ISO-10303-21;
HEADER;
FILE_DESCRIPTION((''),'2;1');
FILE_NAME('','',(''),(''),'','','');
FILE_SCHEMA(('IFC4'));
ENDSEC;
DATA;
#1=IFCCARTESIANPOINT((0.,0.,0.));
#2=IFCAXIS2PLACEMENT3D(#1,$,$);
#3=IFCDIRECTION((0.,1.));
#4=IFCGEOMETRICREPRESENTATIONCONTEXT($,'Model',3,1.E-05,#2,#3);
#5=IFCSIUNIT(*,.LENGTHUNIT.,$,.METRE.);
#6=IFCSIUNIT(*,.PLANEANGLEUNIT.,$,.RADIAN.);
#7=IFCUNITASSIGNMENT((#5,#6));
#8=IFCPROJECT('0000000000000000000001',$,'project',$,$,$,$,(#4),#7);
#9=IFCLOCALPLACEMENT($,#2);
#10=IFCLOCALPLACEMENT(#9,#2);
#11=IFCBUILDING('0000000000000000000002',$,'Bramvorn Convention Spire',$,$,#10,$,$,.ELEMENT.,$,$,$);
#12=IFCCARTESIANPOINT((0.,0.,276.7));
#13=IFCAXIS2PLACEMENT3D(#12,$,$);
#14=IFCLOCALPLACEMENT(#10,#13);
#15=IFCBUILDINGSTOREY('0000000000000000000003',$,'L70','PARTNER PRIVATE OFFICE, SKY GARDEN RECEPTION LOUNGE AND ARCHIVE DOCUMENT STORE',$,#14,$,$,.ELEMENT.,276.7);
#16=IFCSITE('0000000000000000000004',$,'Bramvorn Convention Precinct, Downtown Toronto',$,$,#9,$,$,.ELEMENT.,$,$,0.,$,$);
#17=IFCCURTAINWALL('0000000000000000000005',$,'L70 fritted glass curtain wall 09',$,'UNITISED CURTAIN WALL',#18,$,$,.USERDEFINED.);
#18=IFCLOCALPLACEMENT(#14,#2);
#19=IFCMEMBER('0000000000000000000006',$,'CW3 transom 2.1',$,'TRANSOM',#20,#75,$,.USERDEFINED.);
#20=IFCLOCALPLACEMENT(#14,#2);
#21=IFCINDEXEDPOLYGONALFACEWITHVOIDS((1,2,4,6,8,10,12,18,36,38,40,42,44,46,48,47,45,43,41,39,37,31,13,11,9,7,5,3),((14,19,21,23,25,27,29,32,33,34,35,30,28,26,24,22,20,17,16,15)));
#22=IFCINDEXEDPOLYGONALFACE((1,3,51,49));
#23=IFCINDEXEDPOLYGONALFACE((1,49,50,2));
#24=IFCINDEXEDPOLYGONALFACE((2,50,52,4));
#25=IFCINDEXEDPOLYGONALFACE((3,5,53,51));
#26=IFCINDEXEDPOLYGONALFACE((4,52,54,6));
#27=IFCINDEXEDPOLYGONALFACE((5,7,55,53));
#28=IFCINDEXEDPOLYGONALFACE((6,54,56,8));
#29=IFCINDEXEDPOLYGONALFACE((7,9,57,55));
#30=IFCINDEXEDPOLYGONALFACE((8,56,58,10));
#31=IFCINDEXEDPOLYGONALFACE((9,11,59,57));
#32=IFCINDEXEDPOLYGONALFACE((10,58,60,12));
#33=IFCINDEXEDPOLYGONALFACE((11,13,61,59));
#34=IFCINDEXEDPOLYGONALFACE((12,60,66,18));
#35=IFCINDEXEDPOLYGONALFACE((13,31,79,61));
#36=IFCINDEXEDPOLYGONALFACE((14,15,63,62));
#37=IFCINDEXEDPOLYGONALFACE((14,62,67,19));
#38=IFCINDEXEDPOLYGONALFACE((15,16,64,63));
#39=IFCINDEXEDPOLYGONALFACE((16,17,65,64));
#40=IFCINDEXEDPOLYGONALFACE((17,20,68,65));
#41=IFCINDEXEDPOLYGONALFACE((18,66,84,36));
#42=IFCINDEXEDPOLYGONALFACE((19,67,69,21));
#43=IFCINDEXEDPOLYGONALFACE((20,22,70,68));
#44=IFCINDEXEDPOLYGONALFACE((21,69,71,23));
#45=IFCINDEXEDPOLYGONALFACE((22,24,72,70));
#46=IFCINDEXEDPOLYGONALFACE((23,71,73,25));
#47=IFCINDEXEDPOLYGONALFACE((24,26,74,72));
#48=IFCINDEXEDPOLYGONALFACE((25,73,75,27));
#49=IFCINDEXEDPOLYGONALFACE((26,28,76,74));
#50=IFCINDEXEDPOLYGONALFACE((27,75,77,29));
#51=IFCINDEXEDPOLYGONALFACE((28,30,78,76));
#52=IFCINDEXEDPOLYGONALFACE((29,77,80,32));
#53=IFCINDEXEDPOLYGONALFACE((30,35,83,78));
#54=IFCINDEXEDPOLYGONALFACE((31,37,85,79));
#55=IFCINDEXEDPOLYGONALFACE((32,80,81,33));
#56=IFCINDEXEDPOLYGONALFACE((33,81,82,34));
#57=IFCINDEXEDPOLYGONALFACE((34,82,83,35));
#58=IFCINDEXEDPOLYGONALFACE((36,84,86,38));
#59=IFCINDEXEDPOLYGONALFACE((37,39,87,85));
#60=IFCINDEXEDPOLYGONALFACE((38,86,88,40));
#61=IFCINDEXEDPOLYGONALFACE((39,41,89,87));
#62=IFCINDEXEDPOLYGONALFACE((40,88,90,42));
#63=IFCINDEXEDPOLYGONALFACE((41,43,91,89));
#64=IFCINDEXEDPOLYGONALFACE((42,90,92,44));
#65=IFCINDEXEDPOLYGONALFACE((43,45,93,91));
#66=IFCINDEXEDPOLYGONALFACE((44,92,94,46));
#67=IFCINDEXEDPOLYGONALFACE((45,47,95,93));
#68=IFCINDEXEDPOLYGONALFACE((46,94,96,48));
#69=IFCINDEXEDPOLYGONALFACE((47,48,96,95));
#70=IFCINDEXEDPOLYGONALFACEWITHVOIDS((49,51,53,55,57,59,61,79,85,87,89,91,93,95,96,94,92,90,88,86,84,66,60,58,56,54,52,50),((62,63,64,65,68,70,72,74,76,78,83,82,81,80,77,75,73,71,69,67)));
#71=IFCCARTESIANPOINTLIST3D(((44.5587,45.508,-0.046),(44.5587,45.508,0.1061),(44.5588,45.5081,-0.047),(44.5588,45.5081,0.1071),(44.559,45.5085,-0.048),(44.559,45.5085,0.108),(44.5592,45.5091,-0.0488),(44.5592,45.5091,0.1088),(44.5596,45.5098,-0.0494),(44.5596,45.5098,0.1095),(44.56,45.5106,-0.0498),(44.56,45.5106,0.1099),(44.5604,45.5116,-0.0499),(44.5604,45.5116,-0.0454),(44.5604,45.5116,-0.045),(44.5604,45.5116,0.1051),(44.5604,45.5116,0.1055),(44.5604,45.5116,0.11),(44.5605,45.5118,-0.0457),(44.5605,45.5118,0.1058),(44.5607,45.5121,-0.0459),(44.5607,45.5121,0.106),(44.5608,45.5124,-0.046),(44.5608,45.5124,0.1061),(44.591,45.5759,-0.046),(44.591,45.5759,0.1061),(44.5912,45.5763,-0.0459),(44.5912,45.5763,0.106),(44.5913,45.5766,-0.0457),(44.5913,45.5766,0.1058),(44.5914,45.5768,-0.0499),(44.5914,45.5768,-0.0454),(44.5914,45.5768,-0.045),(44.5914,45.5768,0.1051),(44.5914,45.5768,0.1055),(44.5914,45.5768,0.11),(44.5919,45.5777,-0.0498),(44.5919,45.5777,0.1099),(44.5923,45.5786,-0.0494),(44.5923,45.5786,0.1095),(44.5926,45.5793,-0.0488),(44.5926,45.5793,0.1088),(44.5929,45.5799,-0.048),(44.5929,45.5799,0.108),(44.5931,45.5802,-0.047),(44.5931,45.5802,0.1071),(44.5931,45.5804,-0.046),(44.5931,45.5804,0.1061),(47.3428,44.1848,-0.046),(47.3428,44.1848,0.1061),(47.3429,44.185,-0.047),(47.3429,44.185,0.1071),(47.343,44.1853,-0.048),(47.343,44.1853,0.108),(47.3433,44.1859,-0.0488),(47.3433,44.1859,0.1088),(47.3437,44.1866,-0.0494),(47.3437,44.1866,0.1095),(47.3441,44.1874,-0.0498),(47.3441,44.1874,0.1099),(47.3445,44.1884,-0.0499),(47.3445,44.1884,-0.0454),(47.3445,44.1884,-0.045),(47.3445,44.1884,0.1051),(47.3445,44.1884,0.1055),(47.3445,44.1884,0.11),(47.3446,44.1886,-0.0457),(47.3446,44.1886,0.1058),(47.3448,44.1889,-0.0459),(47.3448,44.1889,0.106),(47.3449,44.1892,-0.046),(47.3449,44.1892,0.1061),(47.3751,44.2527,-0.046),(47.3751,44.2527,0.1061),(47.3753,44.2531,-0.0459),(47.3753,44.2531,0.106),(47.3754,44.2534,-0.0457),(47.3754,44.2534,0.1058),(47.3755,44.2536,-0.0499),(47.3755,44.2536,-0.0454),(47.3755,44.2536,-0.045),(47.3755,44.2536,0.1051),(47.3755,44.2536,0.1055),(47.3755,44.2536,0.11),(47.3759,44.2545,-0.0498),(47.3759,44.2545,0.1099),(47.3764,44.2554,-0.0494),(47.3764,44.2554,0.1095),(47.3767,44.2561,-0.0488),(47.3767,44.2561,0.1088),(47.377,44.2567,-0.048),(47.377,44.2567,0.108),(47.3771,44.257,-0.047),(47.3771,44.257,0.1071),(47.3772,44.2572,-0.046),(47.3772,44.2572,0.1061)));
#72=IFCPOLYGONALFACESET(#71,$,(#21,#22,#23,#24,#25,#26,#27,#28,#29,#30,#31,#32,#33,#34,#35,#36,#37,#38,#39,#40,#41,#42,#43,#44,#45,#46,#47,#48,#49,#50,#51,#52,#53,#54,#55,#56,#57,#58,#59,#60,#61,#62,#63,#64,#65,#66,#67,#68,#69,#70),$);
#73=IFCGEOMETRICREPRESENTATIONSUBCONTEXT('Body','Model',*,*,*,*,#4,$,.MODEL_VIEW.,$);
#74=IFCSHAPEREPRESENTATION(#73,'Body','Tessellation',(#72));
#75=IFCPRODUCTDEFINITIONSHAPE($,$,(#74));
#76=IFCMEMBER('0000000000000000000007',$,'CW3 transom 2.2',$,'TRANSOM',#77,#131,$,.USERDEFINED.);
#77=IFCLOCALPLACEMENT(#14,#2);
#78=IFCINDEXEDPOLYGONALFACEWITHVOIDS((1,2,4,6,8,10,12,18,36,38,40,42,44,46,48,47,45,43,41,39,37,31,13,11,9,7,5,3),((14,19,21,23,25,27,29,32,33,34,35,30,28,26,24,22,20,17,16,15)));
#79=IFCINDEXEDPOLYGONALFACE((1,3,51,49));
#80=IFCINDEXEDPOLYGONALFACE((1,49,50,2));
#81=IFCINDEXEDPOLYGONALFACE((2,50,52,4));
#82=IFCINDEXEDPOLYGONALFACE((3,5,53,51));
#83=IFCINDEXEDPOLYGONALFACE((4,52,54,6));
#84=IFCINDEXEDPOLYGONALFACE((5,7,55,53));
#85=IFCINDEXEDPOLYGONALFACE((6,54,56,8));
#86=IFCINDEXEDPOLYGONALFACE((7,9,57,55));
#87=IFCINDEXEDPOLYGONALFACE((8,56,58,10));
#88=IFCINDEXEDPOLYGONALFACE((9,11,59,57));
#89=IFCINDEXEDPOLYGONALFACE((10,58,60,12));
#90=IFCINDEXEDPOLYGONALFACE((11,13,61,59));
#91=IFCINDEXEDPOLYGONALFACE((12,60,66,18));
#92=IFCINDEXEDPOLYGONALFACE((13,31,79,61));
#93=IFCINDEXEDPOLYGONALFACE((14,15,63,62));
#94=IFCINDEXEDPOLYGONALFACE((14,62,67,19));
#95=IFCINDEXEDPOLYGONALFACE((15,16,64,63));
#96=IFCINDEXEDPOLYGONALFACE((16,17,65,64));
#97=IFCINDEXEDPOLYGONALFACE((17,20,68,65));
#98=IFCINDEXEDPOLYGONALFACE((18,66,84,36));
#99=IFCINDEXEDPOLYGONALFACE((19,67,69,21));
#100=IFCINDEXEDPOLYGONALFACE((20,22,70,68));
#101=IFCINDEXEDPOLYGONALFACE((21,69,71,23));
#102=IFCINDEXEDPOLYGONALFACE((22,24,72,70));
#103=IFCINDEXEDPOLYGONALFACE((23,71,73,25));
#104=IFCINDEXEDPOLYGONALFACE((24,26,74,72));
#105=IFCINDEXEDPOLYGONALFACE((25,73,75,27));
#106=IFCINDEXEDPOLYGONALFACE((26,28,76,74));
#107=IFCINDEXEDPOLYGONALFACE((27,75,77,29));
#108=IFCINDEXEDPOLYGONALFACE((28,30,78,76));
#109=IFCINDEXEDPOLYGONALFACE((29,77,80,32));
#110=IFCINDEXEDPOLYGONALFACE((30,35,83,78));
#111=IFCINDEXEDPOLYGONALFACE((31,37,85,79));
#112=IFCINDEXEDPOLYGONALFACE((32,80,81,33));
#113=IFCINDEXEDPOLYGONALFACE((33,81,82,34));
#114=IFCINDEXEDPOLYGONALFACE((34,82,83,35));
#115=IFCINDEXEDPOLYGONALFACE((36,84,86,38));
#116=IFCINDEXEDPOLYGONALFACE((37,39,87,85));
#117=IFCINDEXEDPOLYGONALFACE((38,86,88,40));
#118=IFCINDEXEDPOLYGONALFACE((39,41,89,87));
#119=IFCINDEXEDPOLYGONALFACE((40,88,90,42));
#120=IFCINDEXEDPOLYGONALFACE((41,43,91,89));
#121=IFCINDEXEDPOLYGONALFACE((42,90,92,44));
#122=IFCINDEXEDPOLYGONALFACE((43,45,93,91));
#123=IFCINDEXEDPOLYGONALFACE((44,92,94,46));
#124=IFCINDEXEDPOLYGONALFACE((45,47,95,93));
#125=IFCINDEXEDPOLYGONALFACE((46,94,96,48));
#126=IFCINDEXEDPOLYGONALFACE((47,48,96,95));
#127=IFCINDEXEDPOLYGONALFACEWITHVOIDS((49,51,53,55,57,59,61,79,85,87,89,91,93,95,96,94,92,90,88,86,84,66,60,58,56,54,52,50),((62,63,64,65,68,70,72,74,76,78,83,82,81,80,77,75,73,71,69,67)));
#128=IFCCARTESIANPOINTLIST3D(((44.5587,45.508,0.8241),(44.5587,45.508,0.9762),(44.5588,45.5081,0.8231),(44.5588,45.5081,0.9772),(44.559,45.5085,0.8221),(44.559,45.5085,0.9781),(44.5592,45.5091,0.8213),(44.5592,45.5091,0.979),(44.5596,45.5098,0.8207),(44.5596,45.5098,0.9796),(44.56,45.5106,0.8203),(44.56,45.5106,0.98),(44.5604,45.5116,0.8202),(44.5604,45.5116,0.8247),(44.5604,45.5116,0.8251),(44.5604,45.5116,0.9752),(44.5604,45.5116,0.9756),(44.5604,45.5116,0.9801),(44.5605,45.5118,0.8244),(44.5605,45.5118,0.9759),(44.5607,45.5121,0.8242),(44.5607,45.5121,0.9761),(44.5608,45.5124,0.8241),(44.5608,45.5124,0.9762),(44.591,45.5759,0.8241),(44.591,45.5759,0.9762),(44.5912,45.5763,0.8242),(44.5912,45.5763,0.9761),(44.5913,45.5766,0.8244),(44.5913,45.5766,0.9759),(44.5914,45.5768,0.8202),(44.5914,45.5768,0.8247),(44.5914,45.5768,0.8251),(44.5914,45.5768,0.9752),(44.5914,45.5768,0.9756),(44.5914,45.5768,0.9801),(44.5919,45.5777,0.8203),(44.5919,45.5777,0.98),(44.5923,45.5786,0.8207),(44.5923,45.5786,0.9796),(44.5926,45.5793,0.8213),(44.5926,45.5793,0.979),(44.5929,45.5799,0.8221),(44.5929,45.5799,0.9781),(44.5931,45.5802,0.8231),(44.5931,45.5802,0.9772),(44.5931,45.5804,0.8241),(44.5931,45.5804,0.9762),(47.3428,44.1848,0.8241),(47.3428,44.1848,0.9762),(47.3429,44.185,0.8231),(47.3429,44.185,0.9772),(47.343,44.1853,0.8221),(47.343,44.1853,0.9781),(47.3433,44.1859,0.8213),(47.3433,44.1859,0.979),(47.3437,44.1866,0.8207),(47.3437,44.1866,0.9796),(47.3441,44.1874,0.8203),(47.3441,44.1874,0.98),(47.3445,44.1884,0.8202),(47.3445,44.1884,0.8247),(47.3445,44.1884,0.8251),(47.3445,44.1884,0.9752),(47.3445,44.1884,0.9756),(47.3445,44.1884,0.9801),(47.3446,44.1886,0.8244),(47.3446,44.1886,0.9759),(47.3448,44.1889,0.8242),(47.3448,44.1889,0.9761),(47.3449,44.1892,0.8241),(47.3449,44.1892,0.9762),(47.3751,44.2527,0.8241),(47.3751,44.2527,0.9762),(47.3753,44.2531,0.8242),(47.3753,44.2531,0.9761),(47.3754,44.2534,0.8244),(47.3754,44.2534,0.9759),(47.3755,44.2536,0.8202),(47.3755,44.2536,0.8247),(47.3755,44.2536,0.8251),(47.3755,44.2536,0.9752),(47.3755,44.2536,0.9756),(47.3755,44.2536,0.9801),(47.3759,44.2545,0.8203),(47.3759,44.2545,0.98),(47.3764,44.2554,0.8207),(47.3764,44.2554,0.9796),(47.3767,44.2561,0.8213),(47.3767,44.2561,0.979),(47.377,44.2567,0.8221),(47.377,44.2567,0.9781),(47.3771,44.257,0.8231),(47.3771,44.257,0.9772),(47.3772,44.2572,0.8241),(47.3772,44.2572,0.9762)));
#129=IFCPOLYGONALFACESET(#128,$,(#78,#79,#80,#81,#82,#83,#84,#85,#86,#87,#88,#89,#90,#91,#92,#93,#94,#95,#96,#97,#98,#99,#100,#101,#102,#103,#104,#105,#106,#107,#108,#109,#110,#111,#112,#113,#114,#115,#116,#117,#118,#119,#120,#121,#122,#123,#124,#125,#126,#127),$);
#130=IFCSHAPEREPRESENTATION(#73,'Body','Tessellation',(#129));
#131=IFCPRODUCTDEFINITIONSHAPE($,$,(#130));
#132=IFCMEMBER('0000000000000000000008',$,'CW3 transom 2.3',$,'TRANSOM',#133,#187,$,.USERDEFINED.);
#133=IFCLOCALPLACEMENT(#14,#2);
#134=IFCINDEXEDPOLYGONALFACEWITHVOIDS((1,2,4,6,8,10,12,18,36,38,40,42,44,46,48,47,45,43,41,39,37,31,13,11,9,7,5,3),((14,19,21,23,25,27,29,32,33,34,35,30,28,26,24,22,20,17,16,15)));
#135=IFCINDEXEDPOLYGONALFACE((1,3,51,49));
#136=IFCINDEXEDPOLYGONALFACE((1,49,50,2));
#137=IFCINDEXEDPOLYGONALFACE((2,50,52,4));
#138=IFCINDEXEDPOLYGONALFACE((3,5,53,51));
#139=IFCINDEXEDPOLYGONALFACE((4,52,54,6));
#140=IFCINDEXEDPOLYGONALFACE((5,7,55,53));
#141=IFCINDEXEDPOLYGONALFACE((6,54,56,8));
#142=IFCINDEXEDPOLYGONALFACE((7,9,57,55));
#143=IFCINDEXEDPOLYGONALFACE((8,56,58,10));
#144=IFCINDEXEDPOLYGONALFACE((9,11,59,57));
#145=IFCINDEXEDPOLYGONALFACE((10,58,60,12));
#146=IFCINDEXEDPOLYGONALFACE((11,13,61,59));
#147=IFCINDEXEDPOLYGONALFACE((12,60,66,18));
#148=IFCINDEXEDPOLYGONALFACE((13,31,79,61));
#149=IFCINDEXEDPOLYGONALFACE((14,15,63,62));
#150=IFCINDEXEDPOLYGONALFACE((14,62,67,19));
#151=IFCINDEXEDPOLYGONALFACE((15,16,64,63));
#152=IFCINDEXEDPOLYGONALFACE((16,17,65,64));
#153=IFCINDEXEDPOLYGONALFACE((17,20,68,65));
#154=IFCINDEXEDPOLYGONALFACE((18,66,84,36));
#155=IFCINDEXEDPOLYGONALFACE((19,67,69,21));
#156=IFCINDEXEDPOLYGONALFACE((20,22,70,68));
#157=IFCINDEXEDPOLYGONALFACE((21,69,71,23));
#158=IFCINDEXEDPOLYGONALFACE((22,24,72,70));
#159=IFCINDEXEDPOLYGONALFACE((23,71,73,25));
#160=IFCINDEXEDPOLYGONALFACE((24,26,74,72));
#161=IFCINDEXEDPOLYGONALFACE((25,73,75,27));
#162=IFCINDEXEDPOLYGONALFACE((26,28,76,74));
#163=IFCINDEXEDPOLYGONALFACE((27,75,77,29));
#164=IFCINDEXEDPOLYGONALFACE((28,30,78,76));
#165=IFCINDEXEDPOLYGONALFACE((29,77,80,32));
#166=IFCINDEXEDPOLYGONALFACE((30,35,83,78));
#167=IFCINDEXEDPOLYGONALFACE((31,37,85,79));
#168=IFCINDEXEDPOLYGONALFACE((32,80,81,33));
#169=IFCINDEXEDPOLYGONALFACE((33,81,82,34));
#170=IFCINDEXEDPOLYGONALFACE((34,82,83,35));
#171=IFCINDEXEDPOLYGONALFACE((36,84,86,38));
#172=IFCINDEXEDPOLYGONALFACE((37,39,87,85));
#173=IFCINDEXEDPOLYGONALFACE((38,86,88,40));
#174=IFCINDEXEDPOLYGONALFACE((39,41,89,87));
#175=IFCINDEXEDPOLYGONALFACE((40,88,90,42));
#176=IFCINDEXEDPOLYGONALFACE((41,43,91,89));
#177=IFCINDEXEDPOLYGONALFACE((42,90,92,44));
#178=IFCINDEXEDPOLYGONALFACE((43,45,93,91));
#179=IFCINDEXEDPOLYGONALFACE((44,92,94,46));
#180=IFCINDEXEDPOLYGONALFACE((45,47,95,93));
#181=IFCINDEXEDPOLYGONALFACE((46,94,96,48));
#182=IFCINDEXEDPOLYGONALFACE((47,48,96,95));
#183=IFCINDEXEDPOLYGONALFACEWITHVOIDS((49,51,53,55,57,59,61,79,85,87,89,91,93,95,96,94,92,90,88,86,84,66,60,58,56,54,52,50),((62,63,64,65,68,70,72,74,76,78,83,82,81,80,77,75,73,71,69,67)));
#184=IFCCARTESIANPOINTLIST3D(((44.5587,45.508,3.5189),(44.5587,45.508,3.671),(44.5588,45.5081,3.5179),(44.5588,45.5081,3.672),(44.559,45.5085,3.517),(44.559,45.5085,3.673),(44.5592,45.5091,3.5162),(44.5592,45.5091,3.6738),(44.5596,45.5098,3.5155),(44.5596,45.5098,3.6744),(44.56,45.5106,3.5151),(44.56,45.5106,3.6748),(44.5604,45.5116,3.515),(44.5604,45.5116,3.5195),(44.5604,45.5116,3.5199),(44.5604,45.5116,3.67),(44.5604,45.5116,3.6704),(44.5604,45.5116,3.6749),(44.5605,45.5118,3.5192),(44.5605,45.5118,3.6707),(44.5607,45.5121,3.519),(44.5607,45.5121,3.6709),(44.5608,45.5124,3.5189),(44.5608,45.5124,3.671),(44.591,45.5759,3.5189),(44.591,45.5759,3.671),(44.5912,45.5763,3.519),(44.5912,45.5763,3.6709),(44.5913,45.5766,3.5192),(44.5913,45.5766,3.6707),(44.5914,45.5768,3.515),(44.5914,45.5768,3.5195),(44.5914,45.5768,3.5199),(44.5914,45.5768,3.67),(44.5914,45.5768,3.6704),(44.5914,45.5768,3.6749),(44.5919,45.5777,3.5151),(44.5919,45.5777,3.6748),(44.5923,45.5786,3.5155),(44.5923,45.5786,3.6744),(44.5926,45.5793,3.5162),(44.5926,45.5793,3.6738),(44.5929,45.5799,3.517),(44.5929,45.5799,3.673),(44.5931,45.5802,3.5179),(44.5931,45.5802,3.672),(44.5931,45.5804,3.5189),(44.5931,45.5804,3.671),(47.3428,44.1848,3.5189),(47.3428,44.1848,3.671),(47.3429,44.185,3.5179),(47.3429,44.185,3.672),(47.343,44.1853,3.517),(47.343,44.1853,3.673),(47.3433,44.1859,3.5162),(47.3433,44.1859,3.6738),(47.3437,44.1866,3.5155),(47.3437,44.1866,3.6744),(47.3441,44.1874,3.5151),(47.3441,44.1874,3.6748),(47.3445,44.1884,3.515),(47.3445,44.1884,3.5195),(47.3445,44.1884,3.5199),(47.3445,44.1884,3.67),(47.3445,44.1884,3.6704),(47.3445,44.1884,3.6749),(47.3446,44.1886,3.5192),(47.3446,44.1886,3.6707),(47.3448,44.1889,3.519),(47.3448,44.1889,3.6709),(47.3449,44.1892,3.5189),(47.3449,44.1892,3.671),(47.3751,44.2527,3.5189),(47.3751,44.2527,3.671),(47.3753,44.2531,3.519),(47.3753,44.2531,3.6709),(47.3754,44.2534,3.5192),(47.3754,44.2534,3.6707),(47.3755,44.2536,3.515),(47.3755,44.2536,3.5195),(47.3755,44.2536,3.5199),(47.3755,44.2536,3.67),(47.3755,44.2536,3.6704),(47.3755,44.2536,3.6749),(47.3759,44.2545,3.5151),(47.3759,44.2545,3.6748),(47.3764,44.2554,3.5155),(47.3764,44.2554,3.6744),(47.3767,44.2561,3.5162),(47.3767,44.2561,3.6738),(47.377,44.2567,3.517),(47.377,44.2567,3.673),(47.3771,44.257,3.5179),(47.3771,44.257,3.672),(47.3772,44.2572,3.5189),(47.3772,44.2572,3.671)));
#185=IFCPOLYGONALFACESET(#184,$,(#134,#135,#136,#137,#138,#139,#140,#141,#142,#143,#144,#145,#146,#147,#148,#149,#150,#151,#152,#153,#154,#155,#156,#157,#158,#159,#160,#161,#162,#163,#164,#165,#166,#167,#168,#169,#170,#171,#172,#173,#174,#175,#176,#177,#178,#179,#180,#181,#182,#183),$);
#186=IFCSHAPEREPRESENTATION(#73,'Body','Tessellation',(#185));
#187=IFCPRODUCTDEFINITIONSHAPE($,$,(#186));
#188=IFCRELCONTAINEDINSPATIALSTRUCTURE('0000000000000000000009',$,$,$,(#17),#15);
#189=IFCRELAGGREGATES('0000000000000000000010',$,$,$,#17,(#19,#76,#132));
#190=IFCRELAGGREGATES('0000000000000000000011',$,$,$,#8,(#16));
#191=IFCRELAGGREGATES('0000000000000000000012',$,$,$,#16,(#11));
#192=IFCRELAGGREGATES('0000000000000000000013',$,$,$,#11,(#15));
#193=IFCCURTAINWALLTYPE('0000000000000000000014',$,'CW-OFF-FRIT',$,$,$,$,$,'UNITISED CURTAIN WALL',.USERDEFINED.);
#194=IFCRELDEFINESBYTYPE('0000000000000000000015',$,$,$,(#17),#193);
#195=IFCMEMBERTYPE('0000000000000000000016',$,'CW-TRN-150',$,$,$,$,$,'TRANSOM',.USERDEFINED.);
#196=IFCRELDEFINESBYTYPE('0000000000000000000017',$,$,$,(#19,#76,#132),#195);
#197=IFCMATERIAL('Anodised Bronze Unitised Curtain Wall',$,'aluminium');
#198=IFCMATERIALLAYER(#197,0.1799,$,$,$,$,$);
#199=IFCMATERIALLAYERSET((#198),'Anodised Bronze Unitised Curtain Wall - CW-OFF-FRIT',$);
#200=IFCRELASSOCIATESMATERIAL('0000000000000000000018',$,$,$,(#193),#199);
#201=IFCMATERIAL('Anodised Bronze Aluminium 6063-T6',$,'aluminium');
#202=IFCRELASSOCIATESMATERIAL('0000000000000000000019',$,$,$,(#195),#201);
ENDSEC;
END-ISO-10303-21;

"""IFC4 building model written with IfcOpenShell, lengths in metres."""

from ifc_helpers import new_model, si_unit, direction, frame, origin, origin_2d, place, context, subcontext, project, spatial, hollow_rectangle, extrude, material, layer, layer_set, material_profile, profile_set, type_object, element, aggregate, save


model = new_model("IFC4")

# Units and contexts
model_context = context("Model", 3, precision=1e-05, world=origin(), true_north=direction((0.0, 1.0)))
body_context = subcontext(model_context, "Body", "Model", "MODEL_VIEW")
ifc_project = project(units=[si_unit("LENGTHUNIT", "METRE"), si_unit("PLANEANGLEUNIT", "RADIAN")], contexts=[model_context])

# Site, building, storey
site_placement = place(None, origin())
site = spatial("IfcSite", under=ifc_project, at=site_placement, Name="Bramvorn Convention Precinct, Downtown Toronto", CompositionType="ELEMENT", RefElevation=0.0)
building_placement = place(site_placement, origin())
building = spatial("IfcBuilding", under=site, at=building_placement, Name="Bramvorn Convention Spire", CompositionType="ELEMENT")
storey_placement = place(building_placement, frame((0.0, 0.0, 276.7)))
storey = spatial("IfcBuildingStorey", under=building, at=storey_placement, Name="L70", Description="PARTNER PRIVATE OFFICE, SKY GARDEN RECEPTION LOUNGE AND ARCHIVE DOCUMENT STORE", CompositionType="ELEMENT", Elevation=276.7)

# Curtain wall
ifc_material_1 = material(Name="Anodised Bronze Unitised Curtain Wall", Category="aluminium")
ifc_layer_1 = layer(ifc_material_1, 0.1799)
ifc_layer_set_1 = layer_set([ifc_layer_1], Name="Anodised Bronze Unitised Curtain Wall - CW-OFF-FRIT")
curtain_wall_type = type_object("IfcCurtainWallType", Name="CW-OFF-FRIT", ElementType="UNITISED CURTAIN WALL", PredefinedType="USERDEFINED", material=ifc_layer_set_1)
curtain_wall_1_placement = place(storey_placement, origin())
curtain_wall_1 = element("IfcCurtainWall", 1, at=curtain_wall_1_placement, inside=storey, type_object=curtain_wall_type, Name="L70 fritted glass curtain wall 09", ObjectType="UNITISED CURTAIN WALL", PredefinedType="USERDEFINED")
ifc_material_2 = material(Name="Anodised Bronze Aluminium 6063-T6", Category="aluminium")

# Members
ifc_material_profile_1 = material_profile(ifc_material_2, hollow_rectangle(XDim=0.0801, YDim=0.1599, WallThickness=0.0039, InnerFilletRadius=0.001, OuterFilletRadius=0.0039, at=origin_2d()))
ifc_profile_set_1 = profile_set([ifc_material_profile_1], Name="Anodised Bronze Aluminium 6063-T6 - CWT80X160")
member_type_1 = type_object("IfcMemberType", Name="CW-TRN-150", ElementType="TRANSOM", PredefinedType="USERDEFINED", material=ifc_profile_set_1)
member_1_placement = place(storey_placement, frame((44.5759, 45.5442, 0.03), z_axis=(0.903182, -0.429257, 0.0), x_axis=(0.429257, 0.903182, 0.0)))
member_1 = element("IfcMember", 2, at=member_1_placement, type_object=member_type_1, Name="CW3 transom 2.1", ObjectType="TRANSOM", PredefinedType="USERDEFINED", context=body_context, shape_type="SweptSolid", body=[
    extrude(hollow_rectangle(XDim=0.0801, YDim=0.1599, WallThickness=0.0039, InnerFilletRadius=0.001, OuterFilletRadius=0.0039, at=origin_2d()), origin(), (0.0, 0.0, 1.0), 3.0825),
])
member_2_placement = place(storey_placement, frame((44.5759, 45.5442, 0.9001), z_axis=(0.903182, -0.429257, 0.0), x_axis=(0.429257, 0.903182, 0.0)))
member_2 = element("IfcMember", 3, at=member_2_placement, type_object=member_type_1, Name="CW3 transom 2.2", ObjectType="TRANSOM", PredefinedType="USERDEFINED", context=body_context, shape_type="SweptSolid", body=[
    extrude(hollow_rectangle(XDim=0.0801, YDim=0.1599, WallThickness=0.0039, InnerFilletRadius=0.001, OuterFilletRadius=0.0039, at=origin_2d()), origin(), (0.0, 0.0, 1.0), 3.0825),
])
member_3_placement = place(storey_placement, frame((44.5759, 45.5442, 3.595), z_axis=(0.903182, -0.429257, 0.0), x_axis=(0.429257, 0.903182, 0.0)))
member_3 = element("IfcMember", 4, at=member_3_placement, type_object=member_type_1, Name="CW3 transom 2.3", ObjectType="TRANSOM", PredefinedType="USERDEFINED", context=body_context, shape_type="SweptSolid", body=[
    extrude(hollow_rectangle(XDim=0.0801, YDim=0.1599, WallThickness=0.0039, InnerFilletRadius=0.001, OuterFilletRadius=0.0039, at=origin_2d()), origin(), (0.0, 0.0, 1.0), 3.0825),
])

aggregate(curtain_wall_1, [member_1, member_2, member_3])

save(model, "model.ifc")
